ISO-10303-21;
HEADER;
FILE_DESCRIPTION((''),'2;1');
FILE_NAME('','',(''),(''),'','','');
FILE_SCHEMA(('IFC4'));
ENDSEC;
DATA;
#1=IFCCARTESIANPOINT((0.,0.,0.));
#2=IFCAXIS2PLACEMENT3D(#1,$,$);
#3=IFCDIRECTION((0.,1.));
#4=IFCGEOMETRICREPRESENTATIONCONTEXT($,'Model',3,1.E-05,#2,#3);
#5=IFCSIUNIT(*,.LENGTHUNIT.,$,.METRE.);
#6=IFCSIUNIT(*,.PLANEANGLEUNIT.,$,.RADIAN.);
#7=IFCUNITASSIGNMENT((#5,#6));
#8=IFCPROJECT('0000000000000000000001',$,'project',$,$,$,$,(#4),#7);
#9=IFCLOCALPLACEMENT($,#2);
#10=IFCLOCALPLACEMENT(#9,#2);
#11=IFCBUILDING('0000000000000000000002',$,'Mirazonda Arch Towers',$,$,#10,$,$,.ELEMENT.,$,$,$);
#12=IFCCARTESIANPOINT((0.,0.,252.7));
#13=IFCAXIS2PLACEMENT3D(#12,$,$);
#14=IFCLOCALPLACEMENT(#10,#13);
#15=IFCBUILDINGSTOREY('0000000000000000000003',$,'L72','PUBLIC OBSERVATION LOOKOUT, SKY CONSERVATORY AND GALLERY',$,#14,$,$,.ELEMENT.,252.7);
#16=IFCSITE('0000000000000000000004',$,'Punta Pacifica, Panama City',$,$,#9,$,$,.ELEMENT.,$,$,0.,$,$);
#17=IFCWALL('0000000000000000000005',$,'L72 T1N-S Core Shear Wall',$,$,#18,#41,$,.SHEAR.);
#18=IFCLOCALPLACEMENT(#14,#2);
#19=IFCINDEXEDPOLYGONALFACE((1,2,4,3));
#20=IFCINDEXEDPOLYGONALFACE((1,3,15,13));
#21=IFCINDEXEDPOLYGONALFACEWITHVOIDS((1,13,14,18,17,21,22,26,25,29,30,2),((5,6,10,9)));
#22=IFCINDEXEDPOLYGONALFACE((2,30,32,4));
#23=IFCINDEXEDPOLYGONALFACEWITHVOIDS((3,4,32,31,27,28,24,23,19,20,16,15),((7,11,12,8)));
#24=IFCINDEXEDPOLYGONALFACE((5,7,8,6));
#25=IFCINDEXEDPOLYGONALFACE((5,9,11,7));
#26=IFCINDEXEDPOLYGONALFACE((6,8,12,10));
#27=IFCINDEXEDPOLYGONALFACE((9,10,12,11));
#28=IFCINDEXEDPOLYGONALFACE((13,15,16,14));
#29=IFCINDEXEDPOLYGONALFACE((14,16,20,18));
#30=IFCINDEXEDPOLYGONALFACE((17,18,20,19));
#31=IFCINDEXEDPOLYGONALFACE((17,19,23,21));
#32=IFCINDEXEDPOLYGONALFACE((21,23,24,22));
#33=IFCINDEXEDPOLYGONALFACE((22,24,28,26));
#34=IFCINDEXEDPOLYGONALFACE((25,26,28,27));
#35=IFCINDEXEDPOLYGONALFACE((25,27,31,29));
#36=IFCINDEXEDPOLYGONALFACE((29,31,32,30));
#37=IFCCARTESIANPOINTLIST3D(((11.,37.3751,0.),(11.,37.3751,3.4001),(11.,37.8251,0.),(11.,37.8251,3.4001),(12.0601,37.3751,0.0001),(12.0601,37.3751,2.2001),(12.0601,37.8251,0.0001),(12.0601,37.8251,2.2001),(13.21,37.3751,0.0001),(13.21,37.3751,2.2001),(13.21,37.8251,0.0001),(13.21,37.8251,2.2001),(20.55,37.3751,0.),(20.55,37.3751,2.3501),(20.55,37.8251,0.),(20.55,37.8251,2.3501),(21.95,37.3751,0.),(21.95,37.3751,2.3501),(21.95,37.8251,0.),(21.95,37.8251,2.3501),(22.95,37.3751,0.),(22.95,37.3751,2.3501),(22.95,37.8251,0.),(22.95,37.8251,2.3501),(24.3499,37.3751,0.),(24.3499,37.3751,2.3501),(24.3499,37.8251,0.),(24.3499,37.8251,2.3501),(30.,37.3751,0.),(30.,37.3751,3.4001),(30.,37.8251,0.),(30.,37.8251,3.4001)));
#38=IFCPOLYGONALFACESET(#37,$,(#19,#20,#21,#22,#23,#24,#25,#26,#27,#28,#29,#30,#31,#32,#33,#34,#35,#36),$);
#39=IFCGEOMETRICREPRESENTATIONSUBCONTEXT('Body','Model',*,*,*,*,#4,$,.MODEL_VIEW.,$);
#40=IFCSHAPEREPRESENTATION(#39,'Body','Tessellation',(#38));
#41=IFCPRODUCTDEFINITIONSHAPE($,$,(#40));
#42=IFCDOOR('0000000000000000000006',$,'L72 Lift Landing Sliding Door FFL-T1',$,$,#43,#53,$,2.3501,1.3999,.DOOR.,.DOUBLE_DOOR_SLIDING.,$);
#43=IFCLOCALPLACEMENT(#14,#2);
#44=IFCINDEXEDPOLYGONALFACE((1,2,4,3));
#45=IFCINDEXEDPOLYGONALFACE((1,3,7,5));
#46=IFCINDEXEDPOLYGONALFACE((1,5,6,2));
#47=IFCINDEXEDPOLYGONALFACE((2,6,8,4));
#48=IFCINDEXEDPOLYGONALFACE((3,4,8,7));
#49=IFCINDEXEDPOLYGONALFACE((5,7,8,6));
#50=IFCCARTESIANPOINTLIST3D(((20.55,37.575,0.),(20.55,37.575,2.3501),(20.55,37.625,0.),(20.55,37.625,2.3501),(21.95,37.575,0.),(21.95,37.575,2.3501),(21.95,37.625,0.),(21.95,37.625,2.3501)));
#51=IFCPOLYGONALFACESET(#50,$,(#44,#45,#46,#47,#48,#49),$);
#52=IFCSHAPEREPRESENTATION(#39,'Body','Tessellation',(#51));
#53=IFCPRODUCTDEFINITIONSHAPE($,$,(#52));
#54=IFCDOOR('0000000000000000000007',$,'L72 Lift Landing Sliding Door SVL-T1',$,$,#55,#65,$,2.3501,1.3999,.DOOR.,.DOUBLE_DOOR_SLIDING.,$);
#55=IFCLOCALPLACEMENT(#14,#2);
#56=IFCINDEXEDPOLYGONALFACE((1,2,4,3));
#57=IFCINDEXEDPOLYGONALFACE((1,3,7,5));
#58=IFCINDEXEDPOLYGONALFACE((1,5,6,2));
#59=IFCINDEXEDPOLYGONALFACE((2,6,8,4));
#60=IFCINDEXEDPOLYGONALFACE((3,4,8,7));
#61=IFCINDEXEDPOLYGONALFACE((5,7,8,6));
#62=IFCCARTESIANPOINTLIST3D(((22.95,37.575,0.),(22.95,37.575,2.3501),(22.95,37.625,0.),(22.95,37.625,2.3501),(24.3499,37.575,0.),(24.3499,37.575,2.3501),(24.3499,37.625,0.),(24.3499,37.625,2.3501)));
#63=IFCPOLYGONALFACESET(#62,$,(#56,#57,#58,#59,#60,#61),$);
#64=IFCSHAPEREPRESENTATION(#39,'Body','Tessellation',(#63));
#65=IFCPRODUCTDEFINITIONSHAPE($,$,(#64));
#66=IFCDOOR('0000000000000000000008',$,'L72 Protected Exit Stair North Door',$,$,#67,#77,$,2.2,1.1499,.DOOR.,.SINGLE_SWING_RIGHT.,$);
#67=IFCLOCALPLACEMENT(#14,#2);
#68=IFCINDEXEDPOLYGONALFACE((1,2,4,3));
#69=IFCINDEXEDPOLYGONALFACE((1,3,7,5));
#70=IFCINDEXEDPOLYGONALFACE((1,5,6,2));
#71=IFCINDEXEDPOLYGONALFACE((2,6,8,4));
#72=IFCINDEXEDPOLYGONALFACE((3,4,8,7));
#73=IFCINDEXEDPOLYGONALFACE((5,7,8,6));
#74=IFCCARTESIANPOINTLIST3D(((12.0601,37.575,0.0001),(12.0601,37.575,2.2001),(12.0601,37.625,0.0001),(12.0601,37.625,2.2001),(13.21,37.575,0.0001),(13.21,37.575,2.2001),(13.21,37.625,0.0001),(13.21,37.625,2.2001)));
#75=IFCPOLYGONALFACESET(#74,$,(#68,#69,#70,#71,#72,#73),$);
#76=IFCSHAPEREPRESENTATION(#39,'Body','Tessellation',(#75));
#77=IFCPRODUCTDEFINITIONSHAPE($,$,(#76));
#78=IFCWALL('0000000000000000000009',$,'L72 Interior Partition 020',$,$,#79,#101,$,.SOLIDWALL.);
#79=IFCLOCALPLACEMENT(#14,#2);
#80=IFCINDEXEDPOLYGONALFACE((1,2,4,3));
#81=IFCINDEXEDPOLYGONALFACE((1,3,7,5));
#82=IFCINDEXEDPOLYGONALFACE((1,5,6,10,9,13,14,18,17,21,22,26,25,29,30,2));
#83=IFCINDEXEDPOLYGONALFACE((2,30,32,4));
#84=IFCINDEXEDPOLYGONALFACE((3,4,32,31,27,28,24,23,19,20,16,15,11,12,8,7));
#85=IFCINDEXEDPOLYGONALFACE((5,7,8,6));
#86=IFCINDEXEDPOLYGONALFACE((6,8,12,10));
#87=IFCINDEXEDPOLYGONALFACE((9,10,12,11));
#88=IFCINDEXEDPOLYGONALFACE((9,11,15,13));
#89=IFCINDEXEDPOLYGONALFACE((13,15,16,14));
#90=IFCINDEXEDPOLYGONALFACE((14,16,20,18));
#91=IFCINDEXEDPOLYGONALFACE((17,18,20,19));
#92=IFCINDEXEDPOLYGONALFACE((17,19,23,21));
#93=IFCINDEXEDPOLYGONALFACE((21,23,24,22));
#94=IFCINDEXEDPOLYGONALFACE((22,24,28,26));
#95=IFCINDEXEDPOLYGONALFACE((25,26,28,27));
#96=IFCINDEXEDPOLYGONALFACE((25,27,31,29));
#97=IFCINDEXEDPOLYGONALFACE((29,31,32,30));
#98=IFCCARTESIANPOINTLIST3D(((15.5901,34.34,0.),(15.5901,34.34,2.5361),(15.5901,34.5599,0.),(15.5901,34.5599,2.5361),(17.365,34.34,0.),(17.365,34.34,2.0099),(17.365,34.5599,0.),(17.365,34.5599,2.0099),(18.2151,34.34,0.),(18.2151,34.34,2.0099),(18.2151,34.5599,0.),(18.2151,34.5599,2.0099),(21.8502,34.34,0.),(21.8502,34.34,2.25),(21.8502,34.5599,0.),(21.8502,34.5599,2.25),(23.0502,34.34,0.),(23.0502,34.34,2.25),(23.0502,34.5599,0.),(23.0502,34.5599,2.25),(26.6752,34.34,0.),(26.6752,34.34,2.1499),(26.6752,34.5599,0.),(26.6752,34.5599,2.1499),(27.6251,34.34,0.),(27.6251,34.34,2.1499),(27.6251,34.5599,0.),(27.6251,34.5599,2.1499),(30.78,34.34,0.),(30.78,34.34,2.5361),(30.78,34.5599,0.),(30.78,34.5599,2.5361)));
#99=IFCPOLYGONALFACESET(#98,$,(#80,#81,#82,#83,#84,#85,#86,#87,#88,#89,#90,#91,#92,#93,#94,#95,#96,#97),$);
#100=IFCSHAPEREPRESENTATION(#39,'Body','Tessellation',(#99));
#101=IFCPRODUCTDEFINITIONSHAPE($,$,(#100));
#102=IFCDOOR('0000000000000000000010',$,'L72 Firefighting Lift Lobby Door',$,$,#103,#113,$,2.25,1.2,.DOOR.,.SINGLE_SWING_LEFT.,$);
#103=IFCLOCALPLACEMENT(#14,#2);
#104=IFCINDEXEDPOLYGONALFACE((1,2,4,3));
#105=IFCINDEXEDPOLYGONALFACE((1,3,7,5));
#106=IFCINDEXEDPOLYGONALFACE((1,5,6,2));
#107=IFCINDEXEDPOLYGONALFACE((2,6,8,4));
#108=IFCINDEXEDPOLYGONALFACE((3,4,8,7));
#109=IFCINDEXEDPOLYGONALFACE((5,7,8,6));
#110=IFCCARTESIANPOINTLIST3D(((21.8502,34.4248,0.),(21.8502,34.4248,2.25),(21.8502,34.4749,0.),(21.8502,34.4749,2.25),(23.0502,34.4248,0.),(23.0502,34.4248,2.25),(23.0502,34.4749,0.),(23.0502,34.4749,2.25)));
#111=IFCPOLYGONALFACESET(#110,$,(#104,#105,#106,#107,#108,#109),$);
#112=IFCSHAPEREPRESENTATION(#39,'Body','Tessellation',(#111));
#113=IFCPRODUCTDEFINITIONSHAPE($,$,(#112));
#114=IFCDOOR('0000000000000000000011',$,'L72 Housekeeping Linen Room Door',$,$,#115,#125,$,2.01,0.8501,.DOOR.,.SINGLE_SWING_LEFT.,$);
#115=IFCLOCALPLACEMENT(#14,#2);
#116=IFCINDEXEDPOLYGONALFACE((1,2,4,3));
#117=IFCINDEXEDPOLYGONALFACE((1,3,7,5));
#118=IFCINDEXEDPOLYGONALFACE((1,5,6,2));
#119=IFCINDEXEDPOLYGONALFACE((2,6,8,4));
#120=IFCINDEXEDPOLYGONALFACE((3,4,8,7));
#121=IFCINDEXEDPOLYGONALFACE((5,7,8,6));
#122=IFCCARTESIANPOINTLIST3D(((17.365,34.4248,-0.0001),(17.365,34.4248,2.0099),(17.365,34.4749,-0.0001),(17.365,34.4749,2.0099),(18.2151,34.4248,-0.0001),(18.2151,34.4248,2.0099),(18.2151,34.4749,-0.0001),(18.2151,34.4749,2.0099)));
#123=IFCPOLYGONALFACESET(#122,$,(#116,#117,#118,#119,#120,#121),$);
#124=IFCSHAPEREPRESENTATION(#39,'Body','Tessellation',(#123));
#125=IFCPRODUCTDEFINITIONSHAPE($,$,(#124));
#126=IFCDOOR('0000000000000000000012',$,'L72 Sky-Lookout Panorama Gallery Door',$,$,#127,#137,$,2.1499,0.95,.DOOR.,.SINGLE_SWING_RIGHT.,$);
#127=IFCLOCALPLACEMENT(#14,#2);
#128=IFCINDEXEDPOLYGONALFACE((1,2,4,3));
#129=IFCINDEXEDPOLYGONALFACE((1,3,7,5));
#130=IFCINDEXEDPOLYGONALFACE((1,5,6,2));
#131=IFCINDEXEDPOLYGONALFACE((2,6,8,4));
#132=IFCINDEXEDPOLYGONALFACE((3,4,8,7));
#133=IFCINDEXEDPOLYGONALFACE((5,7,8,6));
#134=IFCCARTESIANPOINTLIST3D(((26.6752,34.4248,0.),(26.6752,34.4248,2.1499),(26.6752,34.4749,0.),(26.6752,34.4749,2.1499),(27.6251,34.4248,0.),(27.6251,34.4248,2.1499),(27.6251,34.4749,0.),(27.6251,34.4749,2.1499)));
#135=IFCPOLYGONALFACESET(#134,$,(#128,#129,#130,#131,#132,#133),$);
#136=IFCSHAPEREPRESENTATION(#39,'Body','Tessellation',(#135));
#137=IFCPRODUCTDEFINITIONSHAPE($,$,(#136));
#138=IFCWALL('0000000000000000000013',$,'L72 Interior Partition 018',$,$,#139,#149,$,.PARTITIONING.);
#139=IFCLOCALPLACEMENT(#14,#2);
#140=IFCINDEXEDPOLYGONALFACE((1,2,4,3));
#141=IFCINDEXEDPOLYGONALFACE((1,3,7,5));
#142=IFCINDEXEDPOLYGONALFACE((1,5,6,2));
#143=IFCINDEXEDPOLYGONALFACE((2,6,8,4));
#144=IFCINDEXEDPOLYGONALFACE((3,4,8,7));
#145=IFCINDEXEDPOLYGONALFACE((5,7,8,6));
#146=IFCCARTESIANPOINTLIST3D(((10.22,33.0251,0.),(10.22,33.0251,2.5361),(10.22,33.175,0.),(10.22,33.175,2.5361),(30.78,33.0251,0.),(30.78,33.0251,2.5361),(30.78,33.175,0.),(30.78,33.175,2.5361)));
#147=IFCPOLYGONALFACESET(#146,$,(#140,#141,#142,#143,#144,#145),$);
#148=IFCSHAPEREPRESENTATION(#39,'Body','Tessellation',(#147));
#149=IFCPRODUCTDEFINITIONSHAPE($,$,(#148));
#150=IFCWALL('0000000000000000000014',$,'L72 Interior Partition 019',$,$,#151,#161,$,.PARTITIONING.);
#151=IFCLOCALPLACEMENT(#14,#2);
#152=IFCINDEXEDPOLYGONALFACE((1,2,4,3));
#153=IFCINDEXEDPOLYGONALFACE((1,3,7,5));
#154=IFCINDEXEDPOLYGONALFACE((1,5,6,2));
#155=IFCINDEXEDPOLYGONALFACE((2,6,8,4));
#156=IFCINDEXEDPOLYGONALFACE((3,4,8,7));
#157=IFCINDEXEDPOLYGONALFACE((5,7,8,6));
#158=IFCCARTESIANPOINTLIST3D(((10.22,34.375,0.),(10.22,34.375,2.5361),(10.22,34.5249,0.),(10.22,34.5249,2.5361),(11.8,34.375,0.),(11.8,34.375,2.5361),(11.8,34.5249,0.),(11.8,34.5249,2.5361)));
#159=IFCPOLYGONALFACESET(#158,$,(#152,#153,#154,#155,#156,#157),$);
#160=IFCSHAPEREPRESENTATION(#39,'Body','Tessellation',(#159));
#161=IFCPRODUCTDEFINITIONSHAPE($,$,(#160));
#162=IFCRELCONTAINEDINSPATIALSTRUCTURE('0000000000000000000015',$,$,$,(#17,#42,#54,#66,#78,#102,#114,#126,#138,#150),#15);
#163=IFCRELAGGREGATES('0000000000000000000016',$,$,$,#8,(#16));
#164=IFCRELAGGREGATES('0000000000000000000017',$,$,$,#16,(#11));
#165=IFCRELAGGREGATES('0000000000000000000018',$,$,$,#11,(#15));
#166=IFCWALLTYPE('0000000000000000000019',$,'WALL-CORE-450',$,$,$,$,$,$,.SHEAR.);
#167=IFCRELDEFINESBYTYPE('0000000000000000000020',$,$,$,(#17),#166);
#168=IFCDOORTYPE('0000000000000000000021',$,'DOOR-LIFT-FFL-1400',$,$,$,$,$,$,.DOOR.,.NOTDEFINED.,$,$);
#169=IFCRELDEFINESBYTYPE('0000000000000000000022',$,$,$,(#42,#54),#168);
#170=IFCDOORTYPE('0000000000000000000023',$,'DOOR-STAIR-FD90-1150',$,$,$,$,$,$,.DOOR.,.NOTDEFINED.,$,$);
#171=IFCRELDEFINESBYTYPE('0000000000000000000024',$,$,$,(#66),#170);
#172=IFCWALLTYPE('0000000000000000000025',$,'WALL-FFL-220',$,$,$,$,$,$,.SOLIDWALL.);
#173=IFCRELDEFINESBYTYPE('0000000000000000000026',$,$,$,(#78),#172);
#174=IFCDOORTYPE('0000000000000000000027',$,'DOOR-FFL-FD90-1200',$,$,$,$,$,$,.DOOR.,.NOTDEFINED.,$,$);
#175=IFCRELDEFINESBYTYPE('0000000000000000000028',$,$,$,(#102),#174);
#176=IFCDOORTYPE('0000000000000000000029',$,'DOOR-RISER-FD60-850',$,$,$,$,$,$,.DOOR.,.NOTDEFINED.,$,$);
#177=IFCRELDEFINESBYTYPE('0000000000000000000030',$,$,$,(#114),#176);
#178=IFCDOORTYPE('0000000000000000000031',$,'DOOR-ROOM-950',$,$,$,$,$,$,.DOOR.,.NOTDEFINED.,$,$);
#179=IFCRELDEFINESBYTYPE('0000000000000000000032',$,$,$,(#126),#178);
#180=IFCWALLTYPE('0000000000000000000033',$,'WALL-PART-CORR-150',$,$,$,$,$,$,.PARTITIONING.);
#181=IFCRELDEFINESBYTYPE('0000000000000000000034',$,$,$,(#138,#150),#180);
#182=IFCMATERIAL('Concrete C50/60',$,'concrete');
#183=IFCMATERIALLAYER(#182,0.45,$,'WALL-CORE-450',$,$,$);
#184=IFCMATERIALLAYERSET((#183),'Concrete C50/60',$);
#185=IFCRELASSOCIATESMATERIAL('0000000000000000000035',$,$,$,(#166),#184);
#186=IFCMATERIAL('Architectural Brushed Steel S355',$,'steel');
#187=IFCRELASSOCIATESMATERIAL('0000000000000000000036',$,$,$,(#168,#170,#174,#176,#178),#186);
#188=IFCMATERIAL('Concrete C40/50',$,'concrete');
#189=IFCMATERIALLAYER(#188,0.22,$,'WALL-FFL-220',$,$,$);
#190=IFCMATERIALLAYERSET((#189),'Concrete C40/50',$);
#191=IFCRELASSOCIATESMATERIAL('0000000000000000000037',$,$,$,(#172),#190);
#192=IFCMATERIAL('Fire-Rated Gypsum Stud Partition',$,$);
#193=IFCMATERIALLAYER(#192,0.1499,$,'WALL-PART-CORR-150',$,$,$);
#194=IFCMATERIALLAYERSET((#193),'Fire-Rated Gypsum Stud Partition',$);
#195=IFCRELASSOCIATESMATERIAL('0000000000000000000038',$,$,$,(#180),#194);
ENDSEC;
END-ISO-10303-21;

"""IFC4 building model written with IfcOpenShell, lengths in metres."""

from ifc_helpers import new_model, si_unit, direction, frame, frame_2d, origin, place, context, subcontext, project, spatial, rectangle, extrude, material, layer, layer_set, type_object, element, fill, save


model = new_model("IFC4")

# Units and contexts
model_context = context("Model", 3, precision=1e-05, world=origin(), true_north=direction((0.0, 1.0)))
body_context = subcontext(model_context, "Body", "Model", "MODEL_VIEW")
ifc_project = project(units=[si_unit("LENGTHUNIT", "METRE"), si_unit("PLANEANGLEUNIT", "RADIAN")], contexts=[model_context])

# Site, building, storey
site_placement = place(None, origin())
site = spatial("IfcSite", under=ifc_project, at=site_placement, Name="Punta Pacifica, Panama City", CompositionType="ELEMENT", RefElevation=0.0)
building_placement = place(site_placement, origin())
building = spatial("IfcBuilding", under=site, at=building_placement, Name="Mirazonda Arch Towers", CompositionType="ELEMENT")
storey_placement = place(building_placement, frame((0.0, 0.0, 252.7)))
storey = spatial("IfcBuildingStorey", under=building, at=storey_placement, Name="L72", Description="PUBLIC OBSERVATION LOOKOUT, SKY CONSERVATORY AND GALLERY", CompositionType="ELEMENT", Elevation=252.7)

# Shared definitions
ifc_material_1 = material(Name="Concrete C50/60", Category="concrete")

# Shared definitions
ifc_layer_1 = layer(ifc_material_1, 0.45, Name="WALL-CORE-450")
ifc_layer_set_1 = layer_set([ifc_layer_1], Name="Concrete C50/60")
wall_type_1 = type_object("IfcWallType", Name="WALL-CORE-450", PredefinedType="SHEAR", material=ifc_layer_set_1)

# Walls, openings, doors
wall_1_placement = place(storey_placement, frame((11.0, 37.6001, 0.0), z_axis=(0.0, 0.0, 1.0), x_axis=(1.0, 0.0, 0.0)))
wall_1 = element("IfcWall", 1, at=wall_1_placement, inside=storey, type_object=wall_type_1, Name="L72 T1N-S Core Shear Wall", PredefinedType="SHEAR", context=body_context, shape_type="SweptSolid", body=[
    extrude(rectangle(XDim=19.0, YDim=0.45, at=frame_2d((9.5, 0.0))), origin(), (0.0, 0.0, 1.0), 3.4001),
])
opening_1_placement = place(wall_1_placement, frame((1.0601, 0.0, 0.0)))
opening_1 = element("IfcOpeningElement", 2, at=opening_1_placement, cuts=wall_1, PredefinedType="OPENING", context=body_context, shape_type="SweptSolid", body=[
    extrude(rectangle(XDim=1.1499, YDim=2.2, at=frame_2d((0.575, 1.1001))), frame((0.0, 0.2349, 0.0), z_axis=(0.0, -1.0, 0.0), x_axis=(1.0, 0.0, 0.0)), (0.0, 0.0, 1.0), 0.47),
])
opening_2_placement = place(wall_1_placement, frame((9.55, 0.0, 0.0)))
opening_2 = element("IfcOpeningElement", 3, at=opening_2_placement, cuts=wall_1, PredefinedType="OPENING", context=body_context, shape_type="SweptSolid", body=[
    extrude(rectangle(XDim=1.3999, YDim=2.3501, at=frame_2d((0.7, 1.175))), frame((0.0, 0.2349, 0.0), z_axis=(0.0, -1.0, 0.0), x_axis=(1.0, 0.0, 0.0)), (0.0, 0.0, 1.0), 0.47),
])
opening_3_placement = place(wall_1_placement, frame((11.95, 0.0, 0.0)))
opening_3 = element("IfcOpeningElement", 4, at=opening_3_placement, cuts=wall_1, PredefinedType="OPENING", context=body_context, shape_type="SweptSolid", body=[
    extrude(rectangle(XDim=1.3999, YDim=2.3501, at=frame_2d((0.7, 1.175))), frame((0.0, 0.2349, 0.0), z_axis=(0.0, -1.0, 0.0), x_axis=(1.0, 0.0, 0.0)), (0.0, 0.0, 1.0), 0.47),
])
ifc_material_2 = material(Name="Architectural Brushed Steel S355", Category="steel")
door_type_1 = type_object("IfcDoorType", Name="DOOR-LIFT-FFL-1400", OperationType="NOTDEFINED", PredefinedType="DOOR", material=ifc_material_2)
door_1_placement = place(opening_2_placement, origin())
door_1 = element("IfcDoor", 5, at=door_1_placement, inside=storey, type_object=door_type_1, Name="L72 Lift Landing Sliding Door FFL-T1", OperationType="DOUBLE_DOOR_SLIDING", OverallHeight=2.3501, OverallWidth=1.3999, PredefinedType="DOOR", context=body_context, shape_type="SweptSolid", body=[
    extrude(rectangle(XDim=1.3999, YDim=2.3501, at=frame_2d((0.7, 1.175))), frame((0.0, 0.0249, 0.0), z_axis=(0.0, -1.0, 0.0), x_axis=(1.0, 0.0, 0.0)), (0.0, 0.0, 1.0), 0.05),
])
fill(opening_2, door_1)
door_2_placement = place(opening_3_placement, origin())
door_2 = element("IfcDoor", 6, at=door_2_placement, inside=storey, type_object=door_type_1, Name="L72 Lift Landing Sliding Door SVL-T1", OperationType="DOUBLE_DOOR_SLIDING", OverallHeight=2.3501, OverallWidth=1.3999, PredefinedType="DOOR", context=body_context, shape_type="SweptSolid", body=[
    extrude(rectangle(XDim=1.3999, YDim=2.3501, at=frame_2d((0.7, 1.175))), frame((0.0, 0.0249, 0.0), z_axis=(0.0, -1.0, 0.0), x_axis=(1.0, 0.0, 0.0)), (0.0, 0.0, 1.0), 0.05),
])
fill(opening_3, door_2)
door_type_2 = type_object("IfcDoorType", Name="DOOR-STAIR-FD90-1150", OperationType="NOTDEFINED", PredefinedType="DOOR", material=ifc_material_2)
door_3_placement = place(opening_1_placement, origin())
door_3 = element("IfcDoor", 7, at=door_3_placement, inside=storey, type_object=door_type_2, Name="L72 Protected Exit Stair North Door", OperationType="SINGLE_SWING_RIGHT", OverallHeight=2.2, OverallWidth=1.1499, PredefinedType="DOOR", context=body_context, shape_type="SweptSolid", body=[
    extrude(rectangle(XDim=1.1499, YDim=2.2, at=frame_2d((0.575, 1.1001))), frame((0.0, 0.0249, 0.0), z_axis=(0.0, -1.0, 0.0), x_axis=(1.0, 0.0, 0.0)), (0.0, 0.0, 1.0), 0.05),
])
fill(opening_1, door_3)
ifc_material_3 = material(Name="Concrete C40/50", Category="concrete")
ifc_layer_2 = layer(ifc_material_3, 0.22, Name="WALL-FFL-220")
ifc_layer_set_2 = layer_set([ifc_layer_2], Name="Concrete C40/50")
wall_type_2 = type_object("IfcWallType", Name="WALL-FFL-220", PredefinedType="SOLIDWALL", material=ifc_layer_set_2)
wall_2_placement = place(storey_placement, frame((15.5901, 34.45, 0.0), z_axis=(0.0, 0.0, 1.0), x_axis=(1.0, 0.0, 0.0)))
wall_2 = element("IfcWall", 8, at=wall_2_placement, inside=storey, type_object=wall_type_2, Name="L72 Interior Partition 020", PredefinedType="SOLIDWALL", context=body_context, shape_type="SweptSolid", body=[
    extrude(rectangle(XDim=15.1899, YDim=0.22, at=frame_2d((7.595, 0.0))), origin(), (0.0, 0.0, 1.0), 2.5361),
])
opening_4_placement = place(wall_2_placement, frame((6.26, 0.0, 0.0)))
opening_4 = element("IfcOpeningElement", 9, at=opening_4_placement, cuts=wall_2, PredefinedType="OPENING", context=body_context, shape_type="SweptSolid", body=[
    extrude(rectangle(XDim=1.2, YDim=2.25, at=frame_2d((0.6001, 1.125))), frame((0.0, 0.1199, 0.0), z_axis=(0.0, -1.0, 0.0), x_axis=(1.0, 0.0, 0.0)), (0.0, 0.0, 1.0), 0.24),
])
opening_5_placement = place(wall_2_placement, frame((11.085, 0.0, 0.0)))
opening_5 = element("IfcOpeningElement", 10, at=opening_5_placement, cuts=wall_2, PredefinedType="OPENING", context=body_context, shape_type="SweptSolid", body=[
    extrude(rectangle(XDim=0.95, YDim=2.1499, at=frame_2d((0.4751, 1.075))), frame((0.0, 0.1199, 0.0), z_axis=(0.0, -1.0, 0.0), x_axis=(1.0, 0.0, 0.0)), (0.0, 0.0, 1.0), 0.24),
])
opening_6_placement = place(wall_2_placement, frame((1.7749, 0.0, 0.0)))
opening_6 = element("IfcOpeningElement", 11, at=opening_6_placement, cuts=wall_2, PredefinedType="OPENING", context=body_context, shape_type="SweptSolid", body=[
    extrude(rectangle(XDim=0.8501, YDim=2.01, at=frame_2d((0.425, 1.0049))), frame((0.0, 0.1199, 0.0), z_axis=(0.0, -1.0, 0.0), x_axis=(1.0, 0.0, 0.0)), (0.0, 0.0, 1.0), 0.24),
])
door_type_3 = type_object("IfcDoorType", Name="DOOR-FFL-FD90-1200", OperationType="NOTDEFINED", PredefinedType="DOOR", material=ifc_material_2)
door_4_placement = place(opening_4_placement, origin())
door_4 = element("IfcDoor", 12, at=door_4_placement, inside=storey, type_object=door_type_3, Name="L72 Firefighting Lift Lobby Door", OperationType="SINGLE_SWING_LEFT", OverallHeight=2.25, OverallWidth=1.2, PredefinedType="DOOR", context=body_context, shape_type="SweptSolid", body=[
    extrude(rectangle(XDim=1.2, YDim=2.25, at=frame_2d((0.6001, 1.125))), frame((0.0, 0.0249, 0.0), z_axis=(0.0, -1.0, 0.0), x_axis=(1.0, 0.0, 0.0)), (0.0, 0.0, 1.0), 0.05),
])
fill(opening_4, door_4)
door_type_4 = type_object("IfcDoorType", Name="DOOR-RISER-FD60-850", OperationType="NOTDEFINED", PredefinedType="DOOR", material=ifc_material_2)
door_5_placement = place(opening_6_placement, origin())
door_5 = element("IfcDoor", 13, at=door_5_placement, inside=storey, type_object=door_type_4, Name="L72 Housekeeping Linen Room Door", OperationType="SINGLE_SWING_LEFT", OverallHeight=2.01, OverallWidth=0.8501, PredefinedType="DOOR", context=body_context, shape_type="SweptSolid", body=[
    extrude(rectangle(XDim=0.8501, YDim=2.01, at=frame_2d((0.425, 1.0049))), frame((0.0, 0.0249, 0.0), z_axis=(0.0, -1.0, 0.0), x_axis=(1.0, 0.0, 0.0)), (0.0, 0.0, 1.0), 0.05),
])
fill(opening_6, door_5)
door_type_5 = type_object("IfcDoorType", Name="DOOR-ROOM-950", OperationType="NOTDEFINED", PredefinedType="DOOR", material=ifc_material_2)
door_6_placement = place(opening_5_placement, origin())
door_6 = element("IfcDoor", 14, at=door_6_placement, inside=storey, type_object=door_type_5, Name="L72 Sky-Lookout Panorama Gallery Door", OperationType="SINGLE_SWING_RIGHT", OverallHeight=2.1499, OverallWidth=0.95, PredefinedType="DOOR", context=body_context, shape_type="SweptSolid", body=[
    extrude(rectangle(XDim=0.95, YDim=2.1499, at=frame_2d((0.4751, 1.075))), frame((0.0, 0.0249, 0.0), z_axis=(0.0, -1.0, 0.0), x_axis=(1.0, 0.0, 0.0)), (0.0, 0.0, 1.0), 0.05),
])
fill(opening_5, door_6)

# Walls
ifc_material_4 = material(Name="Fire-Rated Gypsum Stud Partition")
ifc_layer_3 = layer(ifc_material_4, 0.1499, Name="WALL-PART-CORR-150")
ifc_layer_set_3 = layer_set([ifc_layer_3], Name="Fire-Rated Gypsum Stud Partition")
wall_type_3 = type_object("IfcWallType", Name="WALL-PART-CORR-150", PredefinedType="PARTITIONING", material=ifc_layer_set_3)
wall_3_placement = place(storey_placement, frame((10.22, 33.1001, 0.0), z_axis=(0.0, 0.0, 1.0), x_axis=(1.0, 0.0, 0.0)))
element("IfcWall", 15, at=wall_3_placement, inside=storey, type_object=wall_type_3, Name="L72 Interior Partition 018", PredefinedType="PARTITIONING", context=body_context, shape_type="SweptSolid", body=[
    extrude(rectangle(XDim=20.5601, YDim=0.1499, at=frame_2d((10.28, 0.0))), origin(), (0.0, 0.0, 1.0), 2.5361),
])
wall_4_placement = place(storey_placement, frame((10.22, 34.45, 0.0), z_axis=(0.0, 0.0, 1.0), x_axis=(1.0, 0.0, 0.0)))
element("IfcWall", 16, at=wall_4_placement, inside=storey, type_object=wall_type_3, Name="L72 Interior Partition 019", PredefinedType="PARTITIONING", context=body_context, shape_type="SweptSolid", body=[
    extrude(rectangle(XDim=1.5801, YDim=0.1499, at=frame_2d((0.79, 0.0))), origin(), (0.0, 0.0, 1.0), 2.5361),
])

save(model, "model.ifc")
